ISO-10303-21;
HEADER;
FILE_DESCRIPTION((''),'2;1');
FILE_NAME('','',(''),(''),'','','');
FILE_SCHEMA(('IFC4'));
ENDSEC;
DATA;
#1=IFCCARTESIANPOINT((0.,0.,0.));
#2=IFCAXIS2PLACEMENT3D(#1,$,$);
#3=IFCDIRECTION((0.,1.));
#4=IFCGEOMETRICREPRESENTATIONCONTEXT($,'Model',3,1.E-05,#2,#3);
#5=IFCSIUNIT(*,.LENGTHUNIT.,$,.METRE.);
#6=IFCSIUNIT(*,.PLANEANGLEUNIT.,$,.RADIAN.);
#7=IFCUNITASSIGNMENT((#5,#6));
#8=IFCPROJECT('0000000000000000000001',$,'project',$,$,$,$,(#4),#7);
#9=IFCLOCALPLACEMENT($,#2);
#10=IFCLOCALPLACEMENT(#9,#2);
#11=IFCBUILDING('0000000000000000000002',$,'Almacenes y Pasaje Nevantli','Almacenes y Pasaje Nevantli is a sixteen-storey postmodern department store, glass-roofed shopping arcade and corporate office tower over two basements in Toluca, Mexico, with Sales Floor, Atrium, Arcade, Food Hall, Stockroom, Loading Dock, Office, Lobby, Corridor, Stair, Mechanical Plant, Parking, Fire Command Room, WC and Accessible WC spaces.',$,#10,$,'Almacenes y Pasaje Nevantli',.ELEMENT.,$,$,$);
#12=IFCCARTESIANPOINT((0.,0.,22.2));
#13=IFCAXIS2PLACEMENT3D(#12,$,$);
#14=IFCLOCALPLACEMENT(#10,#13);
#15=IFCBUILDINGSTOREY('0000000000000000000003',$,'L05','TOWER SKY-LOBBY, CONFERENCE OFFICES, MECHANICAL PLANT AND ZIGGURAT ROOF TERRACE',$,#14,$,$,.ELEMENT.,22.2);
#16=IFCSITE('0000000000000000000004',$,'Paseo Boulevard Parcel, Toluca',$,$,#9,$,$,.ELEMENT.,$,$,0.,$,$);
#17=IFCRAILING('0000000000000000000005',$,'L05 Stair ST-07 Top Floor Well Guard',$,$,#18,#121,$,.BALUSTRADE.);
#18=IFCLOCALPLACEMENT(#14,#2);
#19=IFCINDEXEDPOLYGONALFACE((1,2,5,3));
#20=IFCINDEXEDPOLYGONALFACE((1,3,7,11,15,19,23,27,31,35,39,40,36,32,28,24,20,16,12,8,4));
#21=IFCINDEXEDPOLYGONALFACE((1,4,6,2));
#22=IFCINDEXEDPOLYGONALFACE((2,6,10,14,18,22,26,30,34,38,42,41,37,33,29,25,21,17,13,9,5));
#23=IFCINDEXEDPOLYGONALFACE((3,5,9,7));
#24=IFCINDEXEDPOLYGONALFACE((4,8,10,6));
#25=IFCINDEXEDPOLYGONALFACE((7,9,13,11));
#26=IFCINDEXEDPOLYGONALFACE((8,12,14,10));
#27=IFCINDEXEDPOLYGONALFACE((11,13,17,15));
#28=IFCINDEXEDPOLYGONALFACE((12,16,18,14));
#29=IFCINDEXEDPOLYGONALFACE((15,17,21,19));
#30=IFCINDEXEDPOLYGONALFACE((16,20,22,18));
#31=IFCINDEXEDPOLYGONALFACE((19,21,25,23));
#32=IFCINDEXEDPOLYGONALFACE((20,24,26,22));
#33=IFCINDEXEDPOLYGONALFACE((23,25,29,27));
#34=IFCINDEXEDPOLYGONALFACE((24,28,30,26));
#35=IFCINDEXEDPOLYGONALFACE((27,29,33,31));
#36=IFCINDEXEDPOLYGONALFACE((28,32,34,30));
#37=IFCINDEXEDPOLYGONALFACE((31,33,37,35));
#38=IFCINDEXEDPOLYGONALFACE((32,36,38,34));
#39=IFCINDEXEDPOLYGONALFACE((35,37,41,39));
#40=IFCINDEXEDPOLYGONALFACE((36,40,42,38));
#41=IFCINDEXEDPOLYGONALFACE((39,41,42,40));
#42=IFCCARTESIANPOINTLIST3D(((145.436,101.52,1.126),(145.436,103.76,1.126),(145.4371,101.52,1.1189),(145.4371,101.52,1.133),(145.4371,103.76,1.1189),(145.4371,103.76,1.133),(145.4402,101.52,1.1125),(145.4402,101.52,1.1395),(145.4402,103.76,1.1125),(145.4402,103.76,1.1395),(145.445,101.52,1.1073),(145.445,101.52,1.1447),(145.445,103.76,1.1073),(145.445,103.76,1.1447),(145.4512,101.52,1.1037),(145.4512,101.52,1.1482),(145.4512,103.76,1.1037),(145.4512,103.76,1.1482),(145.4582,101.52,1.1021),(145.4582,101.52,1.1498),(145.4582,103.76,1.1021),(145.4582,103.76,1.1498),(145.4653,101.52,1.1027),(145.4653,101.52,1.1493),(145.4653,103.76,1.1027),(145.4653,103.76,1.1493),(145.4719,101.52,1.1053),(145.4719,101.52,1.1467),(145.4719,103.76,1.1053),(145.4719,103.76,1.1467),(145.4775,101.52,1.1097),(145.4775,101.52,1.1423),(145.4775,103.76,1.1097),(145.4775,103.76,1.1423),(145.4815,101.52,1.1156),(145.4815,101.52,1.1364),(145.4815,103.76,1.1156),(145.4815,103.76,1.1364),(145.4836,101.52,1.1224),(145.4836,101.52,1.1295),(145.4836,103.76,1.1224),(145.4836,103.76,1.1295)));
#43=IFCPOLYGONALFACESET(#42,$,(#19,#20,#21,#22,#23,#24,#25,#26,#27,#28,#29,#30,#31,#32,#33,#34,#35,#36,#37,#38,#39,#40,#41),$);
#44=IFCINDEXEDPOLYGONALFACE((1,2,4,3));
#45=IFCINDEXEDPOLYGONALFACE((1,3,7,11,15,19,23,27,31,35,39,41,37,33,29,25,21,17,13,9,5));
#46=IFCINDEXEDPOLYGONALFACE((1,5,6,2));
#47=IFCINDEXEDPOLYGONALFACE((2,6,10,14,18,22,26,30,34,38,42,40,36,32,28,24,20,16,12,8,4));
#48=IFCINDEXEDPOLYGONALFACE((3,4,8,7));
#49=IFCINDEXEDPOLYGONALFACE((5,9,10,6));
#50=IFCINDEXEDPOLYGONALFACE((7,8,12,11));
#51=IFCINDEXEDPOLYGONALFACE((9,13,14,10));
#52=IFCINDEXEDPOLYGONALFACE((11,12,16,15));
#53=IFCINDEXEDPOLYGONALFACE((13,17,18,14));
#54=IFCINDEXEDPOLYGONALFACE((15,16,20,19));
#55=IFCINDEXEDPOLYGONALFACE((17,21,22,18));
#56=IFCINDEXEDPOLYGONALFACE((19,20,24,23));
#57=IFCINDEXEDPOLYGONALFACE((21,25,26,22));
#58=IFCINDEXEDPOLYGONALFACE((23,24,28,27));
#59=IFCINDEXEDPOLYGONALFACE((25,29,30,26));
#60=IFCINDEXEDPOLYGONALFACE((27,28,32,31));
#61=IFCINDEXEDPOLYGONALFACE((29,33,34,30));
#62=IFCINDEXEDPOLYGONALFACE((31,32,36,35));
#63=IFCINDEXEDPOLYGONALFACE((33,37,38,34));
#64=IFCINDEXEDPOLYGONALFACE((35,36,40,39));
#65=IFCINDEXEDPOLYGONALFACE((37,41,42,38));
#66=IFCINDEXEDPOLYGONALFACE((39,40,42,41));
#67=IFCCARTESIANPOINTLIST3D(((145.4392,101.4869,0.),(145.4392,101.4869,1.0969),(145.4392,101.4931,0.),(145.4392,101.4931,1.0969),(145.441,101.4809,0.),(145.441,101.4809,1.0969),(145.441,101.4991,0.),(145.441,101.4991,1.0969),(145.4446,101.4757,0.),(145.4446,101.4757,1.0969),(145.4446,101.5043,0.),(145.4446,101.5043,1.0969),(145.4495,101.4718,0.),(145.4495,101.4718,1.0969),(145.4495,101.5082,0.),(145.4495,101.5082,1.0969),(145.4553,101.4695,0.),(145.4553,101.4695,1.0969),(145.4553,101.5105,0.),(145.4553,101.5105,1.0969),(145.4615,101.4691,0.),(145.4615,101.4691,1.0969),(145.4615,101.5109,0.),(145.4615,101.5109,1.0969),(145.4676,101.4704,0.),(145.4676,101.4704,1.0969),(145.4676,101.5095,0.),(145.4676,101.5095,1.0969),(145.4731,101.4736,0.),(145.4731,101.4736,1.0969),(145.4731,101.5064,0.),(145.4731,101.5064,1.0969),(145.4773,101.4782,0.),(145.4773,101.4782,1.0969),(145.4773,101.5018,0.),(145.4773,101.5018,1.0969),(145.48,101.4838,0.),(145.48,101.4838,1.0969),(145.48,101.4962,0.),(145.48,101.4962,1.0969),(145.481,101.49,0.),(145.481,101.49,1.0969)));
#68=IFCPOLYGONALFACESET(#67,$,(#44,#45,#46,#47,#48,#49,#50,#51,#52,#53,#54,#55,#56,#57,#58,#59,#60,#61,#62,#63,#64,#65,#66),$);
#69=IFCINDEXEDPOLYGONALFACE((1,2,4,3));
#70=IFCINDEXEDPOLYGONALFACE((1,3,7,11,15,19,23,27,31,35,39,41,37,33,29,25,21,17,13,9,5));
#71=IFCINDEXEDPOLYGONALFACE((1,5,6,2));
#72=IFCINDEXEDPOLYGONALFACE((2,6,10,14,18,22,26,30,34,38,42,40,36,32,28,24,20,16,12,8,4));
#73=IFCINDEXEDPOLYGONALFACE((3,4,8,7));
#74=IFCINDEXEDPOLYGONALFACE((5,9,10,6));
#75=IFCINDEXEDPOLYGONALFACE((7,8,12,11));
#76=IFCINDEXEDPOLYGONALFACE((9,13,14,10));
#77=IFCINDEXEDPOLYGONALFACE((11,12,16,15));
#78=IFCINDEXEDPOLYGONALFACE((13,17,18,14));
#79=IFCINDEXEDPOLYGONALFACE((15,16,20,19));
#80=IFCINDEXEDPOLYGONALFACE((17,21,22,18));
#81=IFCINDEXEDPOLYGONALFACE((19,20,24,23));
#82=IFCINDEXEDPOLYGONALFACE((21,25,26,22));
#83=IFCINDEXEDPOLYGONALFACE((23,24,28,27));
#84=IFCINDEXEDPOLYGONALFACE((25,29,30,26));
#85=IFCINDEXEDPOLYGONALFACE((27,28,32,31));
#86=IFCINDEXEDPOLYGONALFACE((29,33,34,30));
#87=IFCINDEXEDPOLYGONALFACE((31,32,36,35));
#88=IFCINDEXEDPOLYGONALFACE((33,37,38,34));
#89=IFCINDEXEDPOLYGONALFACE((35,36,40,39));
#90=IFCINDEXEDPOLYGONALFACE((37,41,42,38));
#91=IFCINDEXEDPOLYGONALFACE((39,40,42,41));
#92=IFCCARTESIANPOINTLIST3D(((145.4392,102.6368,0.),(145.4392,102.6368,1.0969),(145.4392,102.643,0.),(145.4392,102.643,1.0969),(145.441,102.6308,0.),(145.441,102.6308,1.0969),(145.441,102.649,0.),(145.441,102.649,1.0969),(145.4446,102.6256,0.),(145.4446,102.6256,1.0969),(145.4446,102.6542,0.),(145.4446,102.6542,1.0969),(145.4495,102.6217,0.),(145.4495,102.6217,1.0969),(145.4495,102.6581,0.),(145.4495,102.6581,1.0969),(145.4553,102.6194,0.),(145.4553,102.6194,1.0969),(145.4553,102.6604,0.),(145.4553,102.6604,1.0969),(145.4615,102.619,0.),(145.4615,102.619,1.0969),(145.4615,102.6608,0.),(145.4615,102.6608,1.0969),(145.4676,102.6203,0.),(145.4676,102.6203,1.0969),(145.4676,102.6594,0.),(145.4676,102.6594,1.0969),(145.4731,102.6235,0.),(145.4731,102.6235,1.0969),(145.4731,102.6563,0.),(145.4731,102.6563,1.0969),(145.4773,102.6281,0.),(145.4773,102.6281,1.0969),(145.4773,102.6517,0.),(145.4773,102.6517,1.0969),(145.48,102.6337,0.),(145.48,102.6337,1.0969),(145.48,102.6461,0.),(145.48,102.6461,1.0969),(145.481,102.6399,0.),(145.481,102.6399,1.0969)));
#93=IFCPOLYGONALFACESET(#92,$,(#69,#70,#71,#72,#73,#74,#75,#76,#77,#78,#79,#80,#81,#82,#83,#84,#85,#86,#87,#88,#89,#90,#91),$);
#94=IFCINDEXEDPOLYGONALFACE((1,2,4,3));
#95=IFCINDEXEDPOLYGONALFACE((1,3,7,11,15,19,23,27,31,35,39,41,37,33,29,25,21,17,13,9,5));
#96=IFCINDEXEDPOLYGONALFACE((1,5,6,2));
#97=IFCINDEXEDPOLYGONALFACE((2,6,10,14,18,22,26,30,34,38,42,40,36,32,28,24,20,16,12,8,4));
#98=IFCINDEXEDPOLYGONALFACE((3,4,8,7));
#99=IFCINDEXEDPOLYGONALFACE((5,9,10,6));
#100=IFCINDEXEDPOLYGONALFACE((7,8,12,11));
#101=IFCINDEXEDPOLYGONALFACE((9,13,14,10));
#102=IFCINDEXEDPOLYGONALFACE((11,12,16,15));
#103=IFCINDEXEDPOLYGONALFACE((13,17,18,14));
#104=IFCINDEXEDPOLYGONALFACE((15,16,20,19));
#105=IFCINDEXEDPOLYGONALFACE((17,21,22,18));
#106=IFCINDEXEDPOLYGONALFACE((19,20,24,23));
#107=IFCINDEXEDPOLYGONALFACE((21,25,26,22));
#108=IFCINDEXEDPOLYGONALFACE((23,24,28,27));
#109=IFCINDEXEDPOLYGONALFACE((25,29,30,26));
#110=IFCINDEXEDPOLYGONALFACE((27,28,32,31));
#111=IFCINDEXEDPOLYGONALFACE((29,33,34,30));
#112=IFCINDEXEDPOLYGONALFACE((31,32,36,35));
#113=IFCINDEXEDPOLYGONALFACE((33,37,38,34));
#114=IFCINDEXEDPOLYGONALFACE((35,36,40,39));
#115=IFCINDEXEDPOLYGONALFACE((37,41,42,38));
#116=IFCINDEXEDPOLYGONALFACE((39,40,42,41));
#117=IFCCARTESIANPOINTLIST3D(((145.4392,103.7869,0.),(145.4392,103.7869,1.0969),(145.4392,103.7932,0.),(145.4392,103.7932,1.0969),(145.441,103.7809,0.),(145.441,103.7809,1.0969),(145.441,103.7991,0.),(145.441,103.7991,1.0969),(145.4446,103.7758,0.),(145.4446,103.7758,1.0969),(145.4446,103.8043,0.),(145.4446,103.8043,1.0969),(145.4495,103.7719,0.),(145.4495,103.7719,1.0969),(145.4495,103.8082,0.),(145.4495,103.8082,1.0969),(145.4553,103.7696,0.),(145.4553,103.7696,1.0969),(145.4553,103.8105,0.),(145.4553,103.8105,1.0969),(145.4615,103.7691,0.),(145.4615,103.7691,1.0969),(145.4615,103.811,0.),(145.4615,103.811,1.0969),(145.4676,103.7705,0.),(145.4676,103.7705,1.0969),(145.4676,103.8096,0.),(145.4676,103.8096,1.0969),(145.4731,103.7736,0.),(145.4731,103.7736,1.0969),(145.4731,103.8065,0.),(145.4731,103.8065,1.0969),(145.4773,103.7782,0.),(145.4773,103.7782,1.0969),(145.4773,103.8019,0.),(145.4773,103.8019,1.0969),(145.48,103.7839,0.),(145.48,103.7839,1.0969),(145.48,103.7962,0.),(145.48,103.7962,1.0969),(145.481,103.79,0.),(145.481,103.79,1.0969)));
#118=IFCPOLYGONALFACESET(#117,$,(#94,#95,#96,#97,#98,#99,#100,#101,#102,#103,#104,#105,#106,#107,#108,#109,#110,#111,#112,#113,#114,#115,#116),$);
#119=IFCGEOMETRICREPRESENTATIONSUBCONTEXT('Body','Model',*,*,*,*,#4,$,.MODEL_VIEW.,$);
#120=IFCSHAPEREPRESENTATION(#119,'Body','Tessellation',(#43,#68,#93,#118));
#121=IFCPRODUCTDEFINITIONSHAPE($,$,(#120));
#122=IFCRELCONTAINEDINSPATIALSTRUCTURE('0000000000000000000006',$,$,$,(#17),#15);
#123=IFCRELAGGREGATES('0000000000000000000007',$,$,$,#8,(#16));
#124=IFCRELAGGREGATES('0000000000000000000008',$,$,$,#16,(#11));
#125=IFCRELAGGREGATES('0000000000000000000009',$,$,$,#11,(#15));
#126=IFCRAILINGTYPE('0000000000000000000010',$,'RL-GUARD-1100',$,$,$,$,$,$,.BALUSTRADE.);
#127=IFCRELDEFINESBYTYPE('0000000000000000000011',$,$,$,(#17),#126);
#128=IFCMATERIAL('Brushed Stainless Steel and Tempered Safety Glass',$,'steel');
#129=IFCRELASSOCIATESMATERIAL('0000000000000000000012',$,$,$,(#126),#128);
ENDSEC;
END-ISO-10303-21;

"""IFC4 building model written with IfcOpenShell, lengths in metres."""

from ifc_helpers import new_model, si_unit, direction, frame, origin, origin_2d, place, context, subcontext, project, spatial, circle, extrude, material, type_object, element, save


model = new_model("IFC4")

# Units and contexts
model_context = context("Model", 3, precision=1e-05, world=origin(), true_north=direction((0.0, 1.0)))
body_context = subcontext(model_context, "Body", "Model", "MODEL_VIEW")
ifc_project = project(units=[si_unit("LENGTHUNIT", "METRE"), si_unit("PLANEANGLEUNIT", "RADIAN")], contexts=[model_context])

# Site, building, storey
site_placement = place(None, origin())
site = spatial("IfcSite", under=ifc_project, at=site_placement, Name="Paseo Boulevard Parcel, Toluca", CompositionType="ELEMENT", RefElevation=0.0)
building_placement = place(site_placement, origin())
building = spatial("IfcBuilding", under=site, at=building_placement, Name="Almacenes y Pasaje Nevantli", Description="Almacenes y Pasaje Nevantli is a sixteen-storey postmodern department store, glass-roofed shopping arcade and corporate office tower over two basements in Toluca, Mexico, with Sales Floor, Atrium, Arcade, Food Hall, Stockroom, Loading Dock, Office, Lobby, Corridor, Stair, Mechanical Plant, Parking, Fire Command Room, WC and Accessible WC spaces.", LongName="Almacenes y Pasaje Nevantli", CompositionType="ELEMENT")
storey_placement = place(building_placement, frame((0.0, 0.0, 22.2)))
storey = spatial("IfcBuildingStorey", under=building, at=storey_placement, Name="L05", Description="TOWER SKY-LOBBY, CONFERENCE OFFICES, MECHANICAL PLANT AND ZIGGURAT ROOF TERRACE", CompositionType="ELEMENT", Elevation=22.2)

# Railing
ifc_material_1 = material(Name="Brushed Stainless Steel and Tempered Safety Glass", Category="steel")
railing_type = type_object("IfcRailingType", Name="RL-GUARD-1100", PredefinedType="BALUSTRADE", material=ifc_material_1)
railing_placement = place(storey_placement, frame((145.46, 101.49, 0.0)))
element("IfcRailing", 1, at=railing_placement, inside=storey, type_object=railing_type, Name="L05 Stair ST-07 Top Floor Well Guard", PredefinedType="BALUSTRADE", context=body_context, shape_type="SweptSolid", body=[
    extrude(circle(Radius=0.0239, at=origin_2d()), frame((0.0, 0.03, 1.126), z_axis=(0.0, 1.0, 0.0), x_axis=(-1.0, 0.0, 0.0)), (0.0, 0.0, 1.0), 2.24),
    extrude(circle(Radius=0.021, at=origin_2d()), origin(), (0.0, 0.0, 1.0), 1.0969),
    extrude(circle(Radius=0.021, at=origin_2d()), frame((0.0, 1.1499, 0.0)), (0.0, 0.0, 1.0), 1.0969),
    extrude(circle(Radius=0.021, at=origin_2d()), frame((0.0, 2.3, 0.0)), (0.0, 0.0, 1.0), 1.0969),
])

save(model, "model.ifc")
